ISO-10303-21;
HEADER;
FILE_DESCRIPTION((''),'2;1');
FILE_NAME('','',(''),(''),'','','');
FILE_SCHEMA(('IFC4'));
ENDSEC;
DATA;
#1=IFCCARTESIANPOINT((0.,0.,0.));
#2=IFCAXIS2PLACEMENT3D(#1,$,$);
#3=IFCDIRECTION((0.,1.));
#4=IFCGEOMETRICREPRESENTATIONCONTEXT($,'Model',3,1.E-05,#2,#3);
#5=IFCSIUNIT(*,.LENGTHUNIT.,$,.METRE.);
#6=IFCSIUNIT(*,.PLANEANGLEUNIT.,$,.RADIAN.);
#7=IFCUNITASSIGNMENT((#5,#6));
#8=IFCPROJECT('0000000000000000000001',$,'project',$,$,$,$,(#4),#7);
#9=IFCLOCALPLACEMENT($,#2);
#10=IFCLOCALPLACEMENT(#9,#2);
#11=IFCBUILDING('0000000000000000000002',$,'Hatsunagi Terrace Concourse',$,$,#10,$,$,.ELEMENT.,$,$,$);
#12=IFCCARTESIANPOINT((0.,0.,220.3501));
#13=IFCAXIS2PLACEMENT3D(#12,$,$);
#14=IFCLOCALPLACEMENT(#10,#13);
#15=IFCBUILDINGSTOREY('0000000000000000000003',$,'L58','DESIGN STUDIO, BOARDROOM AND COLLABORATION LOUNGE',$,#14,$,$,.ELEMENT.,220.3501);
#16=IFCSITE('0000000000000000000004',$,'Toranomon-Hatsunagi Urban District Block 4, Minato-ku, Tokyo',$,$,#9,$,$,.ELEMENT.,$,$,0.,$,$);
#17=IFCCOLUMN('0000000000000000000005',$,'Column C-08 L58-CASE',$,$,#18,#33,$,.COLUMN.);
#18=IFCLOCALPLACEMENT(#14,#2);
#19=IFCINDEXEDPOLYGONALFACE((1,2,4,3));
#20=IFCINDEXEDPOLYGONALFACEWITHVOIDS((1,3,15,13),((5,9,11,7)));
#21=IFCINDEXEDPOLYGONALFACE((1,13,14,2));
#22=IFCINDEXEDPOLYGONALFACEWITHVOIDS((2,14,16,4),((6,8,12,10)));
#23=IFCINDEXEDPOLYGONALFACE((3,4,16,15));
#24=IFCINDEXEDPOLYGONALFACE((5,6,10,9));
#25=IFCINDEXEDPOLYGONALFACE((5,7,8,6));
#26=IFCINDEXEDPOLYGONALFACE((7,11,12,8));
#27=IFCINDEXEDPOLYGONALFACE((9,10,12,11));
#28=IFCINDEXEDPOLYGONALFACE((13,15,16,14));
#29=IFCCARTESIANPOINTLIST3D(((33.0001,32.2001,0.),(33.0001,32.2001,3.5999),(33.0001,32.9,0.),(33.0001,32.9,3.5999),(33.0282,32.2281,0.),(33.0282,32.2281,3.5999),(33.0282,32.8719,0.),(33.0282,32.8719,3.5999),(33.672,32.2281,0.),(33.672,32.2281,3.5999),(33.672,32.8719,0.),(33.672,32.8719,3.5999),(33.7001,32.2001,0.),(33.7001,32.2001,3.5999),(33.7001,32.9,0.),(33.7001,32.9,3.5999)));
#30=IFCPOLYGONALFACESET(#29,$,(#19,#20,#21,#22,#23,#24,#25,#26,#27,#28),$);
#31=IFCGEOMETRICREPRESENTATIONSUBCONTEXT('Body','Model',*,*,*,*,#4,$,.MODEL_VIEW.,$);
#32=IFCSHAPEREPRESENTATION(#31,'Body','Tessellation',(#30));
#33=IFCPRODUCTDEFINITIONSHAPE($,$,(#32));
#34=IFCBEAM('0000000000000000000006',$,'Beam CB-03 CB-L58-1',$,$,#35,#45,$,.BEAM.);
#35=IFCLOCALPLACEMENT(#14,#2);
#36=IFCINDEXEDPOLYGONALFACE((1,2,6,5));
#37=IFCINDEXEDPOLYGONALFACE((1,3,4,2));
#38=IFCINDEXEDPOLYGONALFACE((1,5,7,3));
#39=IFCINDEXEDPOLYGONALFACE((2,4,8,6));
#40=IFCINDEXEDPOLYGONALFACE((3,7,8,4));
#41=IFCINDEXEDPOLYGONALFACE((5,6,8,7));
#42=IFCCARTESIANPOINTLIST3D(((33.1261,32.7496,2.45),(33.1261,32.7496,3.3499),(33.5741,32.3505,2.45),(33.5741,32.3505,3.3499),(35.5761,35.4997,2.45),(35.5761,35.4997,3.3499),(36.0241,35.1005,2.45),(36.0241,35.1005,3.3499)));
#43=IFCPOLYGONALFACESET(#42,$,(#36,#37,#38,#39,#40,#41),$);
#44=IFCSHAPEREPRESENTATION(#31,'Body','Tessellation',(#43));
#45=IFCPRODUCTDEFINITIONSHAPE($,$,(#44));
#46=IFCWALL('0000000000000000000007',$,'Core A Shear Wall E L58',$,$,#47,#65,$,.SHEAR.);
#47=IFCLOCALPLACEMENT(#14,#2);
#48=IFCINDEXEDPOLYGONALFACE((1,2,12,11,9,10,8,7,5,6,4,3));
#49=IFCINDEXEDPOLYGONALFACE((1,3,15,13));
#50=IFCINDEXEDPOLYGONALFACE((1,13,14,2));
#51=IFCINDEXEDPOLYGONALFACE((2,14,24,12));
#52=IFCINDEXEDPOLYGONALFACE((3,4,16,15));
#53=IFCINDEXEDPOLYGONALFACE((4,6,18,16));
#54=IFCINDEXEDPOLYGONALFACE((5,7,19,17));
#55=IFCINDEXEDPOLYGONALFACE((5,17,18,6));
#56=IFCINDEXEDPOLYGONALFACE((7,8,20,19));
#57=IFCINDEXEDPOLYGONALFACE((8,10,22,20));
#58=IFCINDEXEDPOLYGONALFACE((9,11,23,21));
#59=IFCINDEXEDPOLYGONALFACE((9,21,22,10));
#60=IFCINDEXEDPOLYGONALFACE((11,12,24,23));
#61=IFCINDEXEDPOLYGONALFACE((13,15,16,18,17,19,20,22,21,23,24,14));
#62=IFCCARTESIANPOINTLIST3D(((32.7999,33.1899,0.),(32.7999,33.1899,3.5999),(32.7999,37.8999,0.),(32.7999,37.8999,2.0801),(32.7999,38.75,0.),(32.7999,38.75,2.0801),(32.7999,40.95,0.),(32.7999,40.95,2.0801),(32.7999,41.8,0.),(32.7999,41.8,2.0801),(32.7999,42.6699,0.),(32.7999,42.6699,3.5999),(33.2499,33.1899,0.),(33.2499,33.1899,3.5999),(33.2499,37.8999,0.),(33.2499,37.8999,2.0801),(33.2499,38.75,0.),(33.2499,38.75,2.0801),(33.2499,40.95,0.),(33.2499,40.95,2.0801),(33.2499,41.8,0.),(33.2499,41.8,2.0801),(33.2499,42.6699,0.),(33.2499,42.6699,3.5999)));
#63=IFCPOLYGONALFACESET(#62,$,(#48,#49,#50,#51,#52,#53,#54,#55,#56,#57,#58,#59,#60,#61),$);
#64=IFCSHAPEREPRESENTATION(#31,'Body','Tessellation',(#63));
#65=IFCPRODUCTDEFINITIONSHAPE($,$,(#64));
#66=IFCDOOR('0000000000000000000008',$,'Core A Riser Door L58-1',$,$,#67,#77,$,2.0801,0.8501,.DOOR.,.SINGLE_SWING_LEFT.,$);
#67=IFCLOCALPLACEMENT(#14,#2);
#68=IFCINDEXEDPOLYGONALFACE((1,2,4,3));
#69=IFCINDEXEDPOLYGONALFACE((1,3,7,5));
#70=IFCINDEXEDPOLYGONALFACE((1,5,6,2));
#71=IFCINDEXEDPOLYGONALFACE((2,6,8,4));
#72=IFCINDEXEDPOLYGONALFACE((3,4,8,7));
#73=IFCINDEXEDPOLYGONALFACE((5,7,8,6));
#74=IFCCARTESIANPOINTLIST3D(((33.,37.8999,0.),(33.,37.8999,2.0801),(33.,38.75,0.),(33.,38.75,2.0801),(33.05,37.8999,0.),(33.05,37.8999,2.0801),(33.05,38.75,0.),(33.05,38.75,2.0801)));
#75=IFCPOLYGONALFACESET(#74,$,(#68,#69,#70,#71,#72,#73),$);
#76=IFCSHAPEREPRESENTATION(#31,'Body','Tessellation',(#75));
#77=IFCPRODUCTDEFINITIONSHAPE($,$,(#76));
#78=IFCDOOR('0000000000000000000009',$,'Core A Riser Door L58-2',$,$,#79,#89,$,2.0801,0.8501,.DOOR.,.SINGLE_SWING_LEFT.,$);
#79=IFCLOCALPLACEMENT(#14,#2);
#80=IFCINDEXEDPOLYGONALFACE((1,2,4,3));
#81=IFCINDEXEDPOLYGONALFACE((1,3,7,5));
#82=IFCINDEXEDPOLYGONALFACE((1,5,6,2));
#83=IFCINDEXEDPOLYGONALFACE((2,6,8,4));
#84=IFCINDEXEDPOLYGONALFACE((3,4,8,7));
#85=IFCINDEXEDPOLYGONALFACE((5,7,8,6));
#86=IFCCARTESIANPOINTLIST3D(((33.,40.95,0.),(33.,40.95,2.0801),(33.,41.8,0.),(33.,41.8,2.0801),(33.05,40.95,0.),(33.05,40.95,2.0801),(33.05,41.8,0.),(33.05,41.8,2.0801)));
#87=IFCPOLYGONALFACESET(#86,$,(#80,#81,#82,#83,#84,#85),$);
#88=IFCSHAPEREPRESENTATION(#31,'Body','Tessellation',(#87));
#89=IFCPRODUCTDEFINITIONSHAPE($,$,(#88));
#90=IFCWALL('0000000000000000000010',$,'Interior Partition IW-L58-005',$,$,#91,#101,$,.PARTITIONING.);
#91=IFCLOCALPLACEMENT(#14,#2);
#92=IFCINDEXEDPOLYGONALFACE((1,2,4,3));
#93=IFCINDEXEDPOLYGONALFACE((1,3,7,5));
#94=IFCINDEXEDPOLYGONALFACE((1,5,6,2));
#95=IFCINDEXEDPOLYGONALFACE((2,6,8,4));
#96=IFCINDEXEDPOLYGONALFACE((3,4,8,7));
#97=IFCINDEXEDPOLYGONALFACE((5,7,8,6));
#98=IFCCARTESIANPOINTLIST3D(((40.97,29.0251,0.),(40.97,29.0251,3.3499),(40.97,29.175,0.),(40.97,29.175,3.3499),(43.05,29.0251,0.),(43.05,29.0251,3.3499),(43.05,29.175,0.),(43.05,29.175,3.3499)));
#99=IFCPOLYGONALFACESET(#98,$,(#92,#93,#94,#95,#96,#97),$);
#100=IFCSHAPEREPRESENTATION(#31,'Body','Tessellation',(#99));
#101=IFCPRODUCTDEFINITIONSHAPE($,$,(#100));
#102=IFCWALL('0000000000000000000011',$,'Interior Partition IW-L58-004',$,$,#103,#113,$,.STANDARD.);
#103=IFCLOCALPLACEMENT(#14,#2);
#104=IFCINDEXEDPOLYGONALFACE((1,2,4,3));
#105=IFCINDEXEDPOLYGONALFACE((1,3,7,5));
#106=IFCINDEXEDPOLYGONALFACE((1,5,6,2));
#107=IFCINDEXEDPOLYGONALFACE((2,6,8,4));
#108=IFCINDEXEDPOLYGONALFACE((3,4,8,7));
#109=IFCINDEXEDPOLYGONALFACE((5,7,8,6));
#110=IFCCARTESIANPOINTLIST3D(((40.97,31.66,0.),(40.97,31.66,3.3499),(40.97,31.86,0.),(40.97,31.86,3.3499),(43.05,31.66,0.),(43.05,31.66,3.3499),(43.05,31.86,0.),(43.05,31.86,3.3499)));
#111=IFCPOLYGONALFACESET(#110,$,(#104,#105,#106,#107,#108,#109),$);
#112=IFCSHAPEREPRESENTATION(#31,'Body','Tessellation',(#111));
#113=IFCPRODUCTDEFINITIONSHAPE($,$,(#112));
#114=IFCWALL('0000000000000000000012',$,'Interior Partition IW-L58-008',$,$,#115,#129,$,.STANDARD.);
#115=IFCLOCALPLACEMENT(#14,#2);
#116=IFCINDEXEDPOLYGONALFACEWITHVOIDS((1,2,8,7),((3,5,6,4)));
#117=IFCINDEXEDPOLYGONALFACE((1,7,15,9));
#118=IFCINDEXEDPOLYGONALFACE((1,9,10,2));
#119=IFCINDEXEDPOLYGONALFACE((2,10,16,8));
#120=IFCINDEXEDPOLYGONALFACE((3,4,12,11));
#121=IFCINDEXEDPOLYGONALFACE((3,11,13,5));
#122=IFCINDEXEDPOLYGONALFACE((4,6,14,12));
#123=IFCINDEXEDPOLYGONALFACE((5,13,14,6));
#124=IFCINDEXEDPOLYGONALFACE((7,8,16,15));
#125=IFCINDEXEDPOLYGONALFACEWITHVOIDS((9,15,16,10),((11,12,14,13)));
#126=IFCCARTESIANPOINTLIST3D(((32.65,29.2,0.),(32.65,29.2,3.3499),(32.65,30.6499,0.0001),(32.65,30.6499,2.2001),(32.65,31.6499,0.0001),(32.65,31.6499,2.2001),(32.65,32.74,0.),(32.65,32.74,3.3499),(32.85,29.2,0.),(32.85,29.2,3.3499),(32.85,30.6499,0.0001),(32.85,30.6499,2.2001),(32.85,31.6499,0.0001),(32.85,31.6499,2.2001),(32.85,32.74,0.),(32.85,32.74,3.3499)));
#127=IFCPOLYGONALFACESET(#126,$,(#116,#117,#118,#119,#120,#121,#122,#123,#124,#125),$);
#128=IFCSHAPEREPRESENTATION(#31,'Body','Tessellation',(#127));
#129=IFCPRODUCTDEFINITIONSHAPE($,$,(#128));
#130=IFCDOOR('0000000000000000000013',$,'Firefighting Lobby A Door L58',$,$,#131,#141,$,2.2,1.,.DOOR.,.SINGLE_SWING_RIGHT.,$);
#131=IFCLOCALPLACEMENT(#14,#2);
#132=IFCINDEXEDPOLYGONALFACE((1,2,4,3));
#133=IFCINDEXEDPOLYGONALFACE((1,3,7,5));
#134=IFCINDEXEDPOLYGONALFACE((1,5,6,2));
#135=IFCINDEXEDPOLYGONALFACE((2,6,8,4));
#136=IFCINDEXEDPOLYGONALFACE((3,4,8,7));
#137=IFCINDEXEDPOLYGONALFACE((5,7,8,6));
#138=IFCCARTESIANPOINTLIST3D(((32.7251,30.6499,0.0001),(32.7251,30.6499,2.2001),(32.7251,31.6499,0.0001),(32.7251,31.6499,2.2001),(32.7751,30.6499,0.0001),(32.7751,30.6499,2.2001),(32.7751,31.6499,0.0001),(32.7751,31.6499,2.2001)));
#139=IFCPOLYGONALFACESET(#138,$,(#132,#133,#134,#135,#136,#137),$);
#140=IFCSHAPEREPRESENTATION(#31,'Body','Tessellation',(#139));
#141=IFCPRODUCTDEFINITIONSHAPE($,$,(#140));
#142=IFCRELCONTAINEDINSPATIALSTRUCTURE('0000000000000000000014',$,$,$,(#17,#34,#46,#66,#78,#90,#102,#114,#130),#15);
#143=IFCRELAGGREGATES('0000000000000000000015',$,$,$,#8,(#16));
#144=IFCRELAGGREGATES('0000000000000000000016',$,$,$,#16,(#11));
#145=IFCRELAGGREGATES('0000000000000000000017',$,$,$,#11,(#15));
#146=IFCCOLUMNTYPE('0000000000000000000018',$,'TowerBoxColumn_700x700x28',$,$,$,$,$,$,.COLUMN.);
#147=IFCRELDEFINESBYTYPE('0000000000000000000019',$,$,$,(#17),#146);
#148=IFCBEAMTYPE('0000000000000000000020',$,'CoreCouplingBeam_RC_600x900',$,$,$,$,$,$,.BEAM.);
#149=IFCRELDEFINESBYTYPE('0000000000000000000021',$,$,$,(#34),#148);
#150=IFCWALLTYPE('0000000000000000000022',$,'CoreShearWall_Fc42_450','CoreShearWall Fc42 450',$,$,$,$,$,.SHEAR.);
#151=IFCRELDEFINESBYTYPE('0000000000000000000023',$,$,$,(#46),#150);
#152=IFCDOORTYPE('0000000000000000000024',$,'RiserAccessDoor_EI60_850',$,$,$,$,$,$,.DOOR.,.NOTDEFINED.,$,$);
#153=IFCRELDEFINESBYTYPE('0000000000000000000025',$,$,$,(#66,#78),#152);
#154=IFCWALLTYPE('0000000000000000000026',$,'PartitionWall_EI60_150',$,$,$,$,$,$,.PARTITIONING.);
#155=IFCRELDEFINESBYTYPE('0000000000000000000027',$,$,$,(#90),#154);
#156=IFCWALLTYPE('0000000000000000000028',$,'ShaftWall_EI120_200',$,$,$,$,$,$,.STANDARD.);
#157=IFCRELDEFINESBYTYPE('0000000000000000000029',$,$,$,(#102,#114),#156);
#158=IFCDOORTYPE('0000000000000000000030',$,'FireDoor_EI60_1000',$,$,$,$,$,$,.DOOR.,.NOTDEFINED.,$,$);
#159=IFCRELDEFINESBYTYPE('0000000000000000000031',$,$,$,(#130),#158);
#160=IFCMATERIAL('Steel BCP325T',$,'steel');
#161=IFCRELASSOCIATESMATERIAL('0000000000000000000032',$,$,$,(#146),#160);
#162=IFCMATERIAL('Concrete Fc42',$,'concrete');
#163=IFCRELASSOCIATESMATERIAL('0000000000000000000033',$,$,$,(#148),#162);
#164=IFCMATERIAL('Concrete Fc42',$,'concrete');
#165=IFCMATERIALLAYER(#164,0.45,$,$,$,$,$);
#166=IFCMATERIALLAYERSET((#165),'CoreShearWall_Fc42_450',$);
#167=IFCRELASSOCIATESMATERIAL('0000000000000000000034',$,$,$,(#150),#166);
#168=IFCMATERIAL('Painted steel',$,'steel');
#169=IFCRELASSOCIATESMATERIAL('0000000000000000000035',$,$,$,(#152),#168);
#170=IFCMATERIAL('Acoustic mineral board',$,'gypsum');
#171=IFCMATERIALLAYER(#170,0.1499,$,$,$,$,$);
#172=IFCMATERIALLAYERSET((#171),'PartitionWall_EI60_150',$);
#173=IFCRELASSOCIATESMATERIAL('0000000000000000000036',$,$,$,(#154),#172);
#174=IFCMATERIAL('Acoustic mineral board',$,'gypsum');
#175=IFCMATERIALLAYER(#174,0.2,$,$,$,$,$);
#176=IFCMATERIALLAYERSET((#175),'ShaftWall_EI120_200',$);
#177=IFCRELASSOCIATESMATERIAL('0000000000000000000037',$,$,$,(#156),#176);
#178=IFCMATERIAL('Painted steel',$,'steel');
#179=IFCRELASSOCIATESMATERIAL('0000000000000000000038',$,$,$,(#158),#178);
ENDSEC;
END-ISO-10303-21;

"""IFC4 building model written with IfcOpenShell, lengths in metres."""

from ifc_helpers import new_model, si_unit, direction, frame, frame_2d, origin, origin_2d, place, context, subcontext, project, spatial, rectangle, hollow_rectangle, extrude, material, layer, layer_set, material_profile, profile_set, type_object, element, fill, save


model = new_model("IFC4")

# Units and contexts
model_context = context("Model", 3, precision=1e-05, world=origin(), true_north=direction((0.0, 1.0)))
body_context = subcontext(model_context, "Body", "Model", "MODEL_VIEW")
ifc_project = project(units=[si_unit("LENGTHUNIT", "METRE"), si_unit("PLANEANGLEUNIT", "RADIAN")], contexts=[model_context])

# Site, building, storey
site_placement = place(None, origin())
site = spatial("IfcSite", under=ifc_project, at=site_placement, Name="Toranomon-Hatsunagi Urban District Block 4, Minato-ku, Tokyo", CompositionType="ELEMENT", RefElevation=0.0)
building_placement = place(site_placement, origin())
building = spatial("IfcBuilding", under=site, at=building_placement, Name="Hatsunagi Terrace Concourse", CompositionType="ELEMENT")
storey_placement = place(building_placement, frame((0.0, 0.0, 220.3501)))
storey = spatial("IfcBuildingStorey", under=building, at=storey_placement, Name="L58", Description="DESIGN STUDIO, BOARDROOM AND COLLABORATION LOUNGE", CompositionType="ELEMENT", Elevation=220.3501)

# Column
ifc_material_1 = material(Name="Steel BCP325T", Category="steel")
ifc_material_profile_1 = material_profile(ifc_material_1, hollow_rectangle(XDim=0.7, YDim=0.7, WallThickness=0.0281, at=origin_2d()), Name="BCP-700x700x28")
ifc_profile_set_1 = profile_set([ifc_material_profile_1], Name="Steel BCP325T")
column_type = type_object("IfcColumnType", Name="TowerBoxColumn_700x700x28", PredefinedType="COLUMN", material=ifc_profile_set_1)
column_placement = place(storey_placement, frame((33.3501, 32.55, 0.0), z_axis=(0.0, 0.0, 1.0), x_axis=(1.0, 0.0, 0.0)))
element("IfcColumn", 1, at=column_placement, inside=storey, type_object=column_type, Name="Column C-08 L58-CASE", PredefinedType="COLUMN", context=body_context, shape_type="SweptSolid", body=[
    extrude(hollow_rectangle(XDim=0.7, YDim=0.7, WallThickness=0.0281, at=origin_2d()), origin(), (0.0, 0.0, 1.0), 3.5999),
])

# Beam
ifc_material_2 = material(Name="Concrete Fc42", Category="concrete")
ifc_material_profile_2 = material_profile(ifc_material_2, rectangle(XDim=0.6001, YDim=0.8999, at=origin_2d()), Name="RC-600x900")
ifc_profile_set_2 = profile_set([ifc_material_profile_2], Name="Concrete Fc42")
beam_type = type_object("IfcBeamType", Name="CoreCouplingBeam_RC_600x900", PredefinedType="BEAM", material=ifc_profile_set_2)
beam_placement = place(storey_placement, frame((33.3501, 32.55, 2.8999), z_axis=(0.665199, 0.746666, 0.0), x_axis=(-0.746666, 0.665199, 0.0)))
element("IfcBeam", 2, at=beam_placement, inside=storey, type_object=beam_type, Name="Beam CB-03 CB-L58-1", PredefinedType="BEAM", context=body_context, shape_type="SweptSolid", body=[
    extrude(rectangle(XDim=0.6001, YDim=0.8999, at=origin_2d()), origin(), (0.0, 0.0, 1.0), 3.6831),
])

# Wall, openings, doors
ifc_material_3 = material(Name="Concrete Fc42", Category="concrete")
ifc_layer_1 = layer(ifc_material_3, 0.45)
ifc_layer_set_1 = layer_set([ifc_layer_1], Name="CoreShearWall_Fc42_450")
wall_type_1 = type_object("IfcWallType", Name="CoreShearWall_Fc42_450", Description="CoreShearWall Fc42 450", PredefinedType="SHEAR", material=ifc_layer_set_1)
wall_1_placement = place(storey_placement, frame((33.0249, 33.1899, 0.0), z_axis=(0.0, 0.0, 1.0), x_axis=(0.0, 1.0, 0.0)))
wall_1 = element("IfcWall", 3, at=wall_1_placement, inside=storey, type_object=wall_type_1, Name="Core A Shear Wall E L58", PredefinedType="SHEAR", context=body_context, shape_type="SweptSolid", body=[
    extrude(rectangle(XDim=9.48, YDim=0.45, at=frame_2d((4.74, 0.0))), origin(), (0.0, 0.0, 1.0), 3.5999),
])
opening_1_placement = place(wall_1_placement, frame((4.71, 0.0, 0.0)))
opening_1 = element("IfcOpeningElement", 4, at=opening_1_placement, cuts=wall_1, PredefinedType="OPENING", context=body_context, shape_type="SweptSolid", body=[
    extrude(rectangle(XDim=0.8501, YDim=2.0801, at=frame_2d((0.425, 1.04))), frame((0.0, 0.2349, 0.0), z_axis=(0.0, -1.0, 0.0), x_axis=(1.0, 0.0, 0.0)), (0.0, 0.0, 1.0), 0.47),
])
opening_2_placement = place(wall_1_placement, frame((7.76, 0.0, 0.0)))
opening_2 = element("IfcOpeningElement", 5, at=opening_2_placement, cuts=wall_1, PredefinedType="OPENING", context=body_context, shape_type="SweptSolid", body=[
    extrude(rectangle(XDim=0.8501, YDim=2.0801, at=frame_2d((0.425, 1.04))), frame((0.0, 0.2349, 0.0), z_axis=(0.0, -1.0, 0.0), x_axis=(1.0, 0.0, 0.0)), (0.0, 0.0, 1.0), 0.47),
])
ifc_material_4 = material(Name="Painted steel", Category="steel")
door_type_1 = type_object("IfcDoorType", Name="RiserAccessDoor_EI60_850", OperationType="NOTDEFINED", PredefinedType="DOOR", material=ifc_material_4)
door_1_placement = place(opening_1_placement, origin())
door_1 = element("IfcDoor", 6, at=door_1_placement, inside=storey, type_object=door_type_1, Name="Core A Riser Door L58-1", OperationType="SINGLE_SWING_LEFT", OverallHeight=2.0801, OverallWidth=0.8501, PredefinedType="DOOR", context=body_context, shape_type="SweptSolid", body=[
    extrude(rectangle(XDim=0.8501, YDim=2.0801, at=frame_2d((0.425, 1.04))), frame((0.0, 0.0249, 0.0), z_axis=(0.0, -1.0, 0.0), x_axis=(1.0, 0.0, 0.0)), (0.0, 0.0, 1.0), 0.05),
])
fill(opening_1, door_1)
door_2_placement = place(opening_2_placement, origin())
door_2 = element("IfcDoor", 7, at=door_2_placement, inside=storey, type_object=door_type_1, Name="Core A Riser Door L58-2", OperationType="SINGLE_SWING_LEFT", OverallHeight=2.0801, OverallWidth=0.8501, PredefinedType="DOOR", context=body_context, shape_type="SweptSolid", body=[
    extrude(rectangle(XDim=0.8501, YDim=2.0801, at=frame_2d((0.425, 1.04))), frame((0.0, 0.0249, 0.0), z_axis=(0.0, -1.0, 0.0), x_axis=(1.0, 0.0, 0.0)), (0.0, 0.0, 1.0), 0.05),
])
fill(opening_2, door_2)

# Walls
ifc_material_5 = material(Name="Acoustic mineral board", Category="gypsum")
ifc_layer_2 = layer(ifc_material_5, 0.1499)
ifc_layer_set_2 = layer_set([ifc_layer_2], Name="PartitionWall_EI60_150")
wall_type_2 = type_object("IfcWallType", Name="PartitionWall_EI60_150", PredefinedType="PARTITIONING", material=ifc_layer_set_2)
wall_2_placement = place(storey_placement, frame((40.97, 29.1001, 0.0), z_axis=(0.0, 0.0, 1.0), x_axis=(1.0, 0.0, 0.0)))
element("IfcWall", 8, at=wall_2_placement, inside=storey, type_object=wall_type_2, Name="Interior Partition IW-L58-005", PredefinedType="PARTITIONING", context=body_context, shape_type="SweptSolid", body=[
    extrude(rectangle(XDim=2.0801, YDim=0.1499, at=frame_2d((1.04, 0.0))), origin(), (0.0, 0.0, 1.0), 3.3499),
])
ifc_material_6 = material(Name="Acoustic mineral board", Category="gypsum")
ifc_layer_3 = layer(ifc_material_6, 0.2)
ifc_layer_set_3 = layer_set([ifc_layer_3], Name="ShaftWall_EI120_200")
wall_type_3 = type_object("IfcWallType", Name="ShaftWall_EI120_200", PredefinedType="STANDARD", material=ifc_layer_set_3)
wall_3_placement = place(storey_placement, frame((40.97, 31.76, 0.0), z_axis=(0.0, 0.0, 1.0), x_axis=(1.0, 0.0, 0.0)))
element("IfcWall", 9, at=wall_3_placement, inside=storey, type_object=wall_type_3, Name="Interior Partition IW-L58-004", PredefinedType="STANDARD", context=body_context, shape_type="SweptSolid", body=[
    extrude(rectangle(XDim=2.0801, YDim=0.2, at=frame_2d((1.04, 0.0))), origin(), (0.0, 0.0, 1.0), 3.3499),
])

# Wall, opening, door
wall_4_placement = place(storey_placement, frame((32.75, 29.2, 0.0), z_axis=(0.0, 0.0, 1.0), x_axis=(0.0, 1.0, 0.0)))
wall_4 = element("IfcWall", 10, at=wall_4_placement, inside=storey, type_object=wall_type_3, Name="Interior Partition IW-L58-008", PredefinedType="STANDARD", context=body_context, shape_type="SweptSolid", body=[
    extrude(rectangle(XDim=3.54, YDim=0.2, at=frame_2d((1.77, 0.0))), origin(), (0.0, 0.0, 1.0), 3.3499),
])
opening_3_placement = place(wall_4_placement, frame((1.45, 0.0, 0.0)))
opening_3 = element("IfcOpeningElement", 11, at=opening_3_placement, cuts=wall_4, PredefinedType="OPENING", context=body_context, shape_type="SweptSolid", body=[
    extrude(rectangle(XDim=1.0, YDim=2.2, at=frame_2d((0.5, 1.1001))), frame((0.0, 0.1099, 0.0), z_axis=(0.0, -1.0, 0.0), x_axis=(1.0, 0.0, 0.0)), (0.0, 0.0, 1.0), 0.22),
])
ifc_material_7 = material(Name="Painted steel", Category="steel")
door_type_2 = type_object("IfcDoorType", Name="FireDoor_EI60_1000", OperationType="NOTDEFINED", PredefinedType="DOOR", material=ifc_material_7)
door_3_placement = place(opening_3_placement, origin())
door_3 = element("IfcDoor", 12, at=door_3_placement, inside=storey, type_object=door_type_2, Name="Firefighting Lobby A Door L58", OperationType="SINGLE_SWING_RIGHT", OverallHeight=2.2, OverallWidth=1.0, PredefinedType="DOOR", context=body_context, shape_type="SweptSolid", body=[
    extrude(rectangle(XDim=1.0, YDim=2.2, at=frame_2d((0.5, 1.1001))), frame((0.0, 0.0249, 0.0), z_axis=(0.0, -1.0, 0.0), x_axis=(1.0, 0.0, 0.0)), (0.0, 0.0, 1.0), 0.05),
])
fill(opening_3, door_3)

save(model, "model.ifc")
